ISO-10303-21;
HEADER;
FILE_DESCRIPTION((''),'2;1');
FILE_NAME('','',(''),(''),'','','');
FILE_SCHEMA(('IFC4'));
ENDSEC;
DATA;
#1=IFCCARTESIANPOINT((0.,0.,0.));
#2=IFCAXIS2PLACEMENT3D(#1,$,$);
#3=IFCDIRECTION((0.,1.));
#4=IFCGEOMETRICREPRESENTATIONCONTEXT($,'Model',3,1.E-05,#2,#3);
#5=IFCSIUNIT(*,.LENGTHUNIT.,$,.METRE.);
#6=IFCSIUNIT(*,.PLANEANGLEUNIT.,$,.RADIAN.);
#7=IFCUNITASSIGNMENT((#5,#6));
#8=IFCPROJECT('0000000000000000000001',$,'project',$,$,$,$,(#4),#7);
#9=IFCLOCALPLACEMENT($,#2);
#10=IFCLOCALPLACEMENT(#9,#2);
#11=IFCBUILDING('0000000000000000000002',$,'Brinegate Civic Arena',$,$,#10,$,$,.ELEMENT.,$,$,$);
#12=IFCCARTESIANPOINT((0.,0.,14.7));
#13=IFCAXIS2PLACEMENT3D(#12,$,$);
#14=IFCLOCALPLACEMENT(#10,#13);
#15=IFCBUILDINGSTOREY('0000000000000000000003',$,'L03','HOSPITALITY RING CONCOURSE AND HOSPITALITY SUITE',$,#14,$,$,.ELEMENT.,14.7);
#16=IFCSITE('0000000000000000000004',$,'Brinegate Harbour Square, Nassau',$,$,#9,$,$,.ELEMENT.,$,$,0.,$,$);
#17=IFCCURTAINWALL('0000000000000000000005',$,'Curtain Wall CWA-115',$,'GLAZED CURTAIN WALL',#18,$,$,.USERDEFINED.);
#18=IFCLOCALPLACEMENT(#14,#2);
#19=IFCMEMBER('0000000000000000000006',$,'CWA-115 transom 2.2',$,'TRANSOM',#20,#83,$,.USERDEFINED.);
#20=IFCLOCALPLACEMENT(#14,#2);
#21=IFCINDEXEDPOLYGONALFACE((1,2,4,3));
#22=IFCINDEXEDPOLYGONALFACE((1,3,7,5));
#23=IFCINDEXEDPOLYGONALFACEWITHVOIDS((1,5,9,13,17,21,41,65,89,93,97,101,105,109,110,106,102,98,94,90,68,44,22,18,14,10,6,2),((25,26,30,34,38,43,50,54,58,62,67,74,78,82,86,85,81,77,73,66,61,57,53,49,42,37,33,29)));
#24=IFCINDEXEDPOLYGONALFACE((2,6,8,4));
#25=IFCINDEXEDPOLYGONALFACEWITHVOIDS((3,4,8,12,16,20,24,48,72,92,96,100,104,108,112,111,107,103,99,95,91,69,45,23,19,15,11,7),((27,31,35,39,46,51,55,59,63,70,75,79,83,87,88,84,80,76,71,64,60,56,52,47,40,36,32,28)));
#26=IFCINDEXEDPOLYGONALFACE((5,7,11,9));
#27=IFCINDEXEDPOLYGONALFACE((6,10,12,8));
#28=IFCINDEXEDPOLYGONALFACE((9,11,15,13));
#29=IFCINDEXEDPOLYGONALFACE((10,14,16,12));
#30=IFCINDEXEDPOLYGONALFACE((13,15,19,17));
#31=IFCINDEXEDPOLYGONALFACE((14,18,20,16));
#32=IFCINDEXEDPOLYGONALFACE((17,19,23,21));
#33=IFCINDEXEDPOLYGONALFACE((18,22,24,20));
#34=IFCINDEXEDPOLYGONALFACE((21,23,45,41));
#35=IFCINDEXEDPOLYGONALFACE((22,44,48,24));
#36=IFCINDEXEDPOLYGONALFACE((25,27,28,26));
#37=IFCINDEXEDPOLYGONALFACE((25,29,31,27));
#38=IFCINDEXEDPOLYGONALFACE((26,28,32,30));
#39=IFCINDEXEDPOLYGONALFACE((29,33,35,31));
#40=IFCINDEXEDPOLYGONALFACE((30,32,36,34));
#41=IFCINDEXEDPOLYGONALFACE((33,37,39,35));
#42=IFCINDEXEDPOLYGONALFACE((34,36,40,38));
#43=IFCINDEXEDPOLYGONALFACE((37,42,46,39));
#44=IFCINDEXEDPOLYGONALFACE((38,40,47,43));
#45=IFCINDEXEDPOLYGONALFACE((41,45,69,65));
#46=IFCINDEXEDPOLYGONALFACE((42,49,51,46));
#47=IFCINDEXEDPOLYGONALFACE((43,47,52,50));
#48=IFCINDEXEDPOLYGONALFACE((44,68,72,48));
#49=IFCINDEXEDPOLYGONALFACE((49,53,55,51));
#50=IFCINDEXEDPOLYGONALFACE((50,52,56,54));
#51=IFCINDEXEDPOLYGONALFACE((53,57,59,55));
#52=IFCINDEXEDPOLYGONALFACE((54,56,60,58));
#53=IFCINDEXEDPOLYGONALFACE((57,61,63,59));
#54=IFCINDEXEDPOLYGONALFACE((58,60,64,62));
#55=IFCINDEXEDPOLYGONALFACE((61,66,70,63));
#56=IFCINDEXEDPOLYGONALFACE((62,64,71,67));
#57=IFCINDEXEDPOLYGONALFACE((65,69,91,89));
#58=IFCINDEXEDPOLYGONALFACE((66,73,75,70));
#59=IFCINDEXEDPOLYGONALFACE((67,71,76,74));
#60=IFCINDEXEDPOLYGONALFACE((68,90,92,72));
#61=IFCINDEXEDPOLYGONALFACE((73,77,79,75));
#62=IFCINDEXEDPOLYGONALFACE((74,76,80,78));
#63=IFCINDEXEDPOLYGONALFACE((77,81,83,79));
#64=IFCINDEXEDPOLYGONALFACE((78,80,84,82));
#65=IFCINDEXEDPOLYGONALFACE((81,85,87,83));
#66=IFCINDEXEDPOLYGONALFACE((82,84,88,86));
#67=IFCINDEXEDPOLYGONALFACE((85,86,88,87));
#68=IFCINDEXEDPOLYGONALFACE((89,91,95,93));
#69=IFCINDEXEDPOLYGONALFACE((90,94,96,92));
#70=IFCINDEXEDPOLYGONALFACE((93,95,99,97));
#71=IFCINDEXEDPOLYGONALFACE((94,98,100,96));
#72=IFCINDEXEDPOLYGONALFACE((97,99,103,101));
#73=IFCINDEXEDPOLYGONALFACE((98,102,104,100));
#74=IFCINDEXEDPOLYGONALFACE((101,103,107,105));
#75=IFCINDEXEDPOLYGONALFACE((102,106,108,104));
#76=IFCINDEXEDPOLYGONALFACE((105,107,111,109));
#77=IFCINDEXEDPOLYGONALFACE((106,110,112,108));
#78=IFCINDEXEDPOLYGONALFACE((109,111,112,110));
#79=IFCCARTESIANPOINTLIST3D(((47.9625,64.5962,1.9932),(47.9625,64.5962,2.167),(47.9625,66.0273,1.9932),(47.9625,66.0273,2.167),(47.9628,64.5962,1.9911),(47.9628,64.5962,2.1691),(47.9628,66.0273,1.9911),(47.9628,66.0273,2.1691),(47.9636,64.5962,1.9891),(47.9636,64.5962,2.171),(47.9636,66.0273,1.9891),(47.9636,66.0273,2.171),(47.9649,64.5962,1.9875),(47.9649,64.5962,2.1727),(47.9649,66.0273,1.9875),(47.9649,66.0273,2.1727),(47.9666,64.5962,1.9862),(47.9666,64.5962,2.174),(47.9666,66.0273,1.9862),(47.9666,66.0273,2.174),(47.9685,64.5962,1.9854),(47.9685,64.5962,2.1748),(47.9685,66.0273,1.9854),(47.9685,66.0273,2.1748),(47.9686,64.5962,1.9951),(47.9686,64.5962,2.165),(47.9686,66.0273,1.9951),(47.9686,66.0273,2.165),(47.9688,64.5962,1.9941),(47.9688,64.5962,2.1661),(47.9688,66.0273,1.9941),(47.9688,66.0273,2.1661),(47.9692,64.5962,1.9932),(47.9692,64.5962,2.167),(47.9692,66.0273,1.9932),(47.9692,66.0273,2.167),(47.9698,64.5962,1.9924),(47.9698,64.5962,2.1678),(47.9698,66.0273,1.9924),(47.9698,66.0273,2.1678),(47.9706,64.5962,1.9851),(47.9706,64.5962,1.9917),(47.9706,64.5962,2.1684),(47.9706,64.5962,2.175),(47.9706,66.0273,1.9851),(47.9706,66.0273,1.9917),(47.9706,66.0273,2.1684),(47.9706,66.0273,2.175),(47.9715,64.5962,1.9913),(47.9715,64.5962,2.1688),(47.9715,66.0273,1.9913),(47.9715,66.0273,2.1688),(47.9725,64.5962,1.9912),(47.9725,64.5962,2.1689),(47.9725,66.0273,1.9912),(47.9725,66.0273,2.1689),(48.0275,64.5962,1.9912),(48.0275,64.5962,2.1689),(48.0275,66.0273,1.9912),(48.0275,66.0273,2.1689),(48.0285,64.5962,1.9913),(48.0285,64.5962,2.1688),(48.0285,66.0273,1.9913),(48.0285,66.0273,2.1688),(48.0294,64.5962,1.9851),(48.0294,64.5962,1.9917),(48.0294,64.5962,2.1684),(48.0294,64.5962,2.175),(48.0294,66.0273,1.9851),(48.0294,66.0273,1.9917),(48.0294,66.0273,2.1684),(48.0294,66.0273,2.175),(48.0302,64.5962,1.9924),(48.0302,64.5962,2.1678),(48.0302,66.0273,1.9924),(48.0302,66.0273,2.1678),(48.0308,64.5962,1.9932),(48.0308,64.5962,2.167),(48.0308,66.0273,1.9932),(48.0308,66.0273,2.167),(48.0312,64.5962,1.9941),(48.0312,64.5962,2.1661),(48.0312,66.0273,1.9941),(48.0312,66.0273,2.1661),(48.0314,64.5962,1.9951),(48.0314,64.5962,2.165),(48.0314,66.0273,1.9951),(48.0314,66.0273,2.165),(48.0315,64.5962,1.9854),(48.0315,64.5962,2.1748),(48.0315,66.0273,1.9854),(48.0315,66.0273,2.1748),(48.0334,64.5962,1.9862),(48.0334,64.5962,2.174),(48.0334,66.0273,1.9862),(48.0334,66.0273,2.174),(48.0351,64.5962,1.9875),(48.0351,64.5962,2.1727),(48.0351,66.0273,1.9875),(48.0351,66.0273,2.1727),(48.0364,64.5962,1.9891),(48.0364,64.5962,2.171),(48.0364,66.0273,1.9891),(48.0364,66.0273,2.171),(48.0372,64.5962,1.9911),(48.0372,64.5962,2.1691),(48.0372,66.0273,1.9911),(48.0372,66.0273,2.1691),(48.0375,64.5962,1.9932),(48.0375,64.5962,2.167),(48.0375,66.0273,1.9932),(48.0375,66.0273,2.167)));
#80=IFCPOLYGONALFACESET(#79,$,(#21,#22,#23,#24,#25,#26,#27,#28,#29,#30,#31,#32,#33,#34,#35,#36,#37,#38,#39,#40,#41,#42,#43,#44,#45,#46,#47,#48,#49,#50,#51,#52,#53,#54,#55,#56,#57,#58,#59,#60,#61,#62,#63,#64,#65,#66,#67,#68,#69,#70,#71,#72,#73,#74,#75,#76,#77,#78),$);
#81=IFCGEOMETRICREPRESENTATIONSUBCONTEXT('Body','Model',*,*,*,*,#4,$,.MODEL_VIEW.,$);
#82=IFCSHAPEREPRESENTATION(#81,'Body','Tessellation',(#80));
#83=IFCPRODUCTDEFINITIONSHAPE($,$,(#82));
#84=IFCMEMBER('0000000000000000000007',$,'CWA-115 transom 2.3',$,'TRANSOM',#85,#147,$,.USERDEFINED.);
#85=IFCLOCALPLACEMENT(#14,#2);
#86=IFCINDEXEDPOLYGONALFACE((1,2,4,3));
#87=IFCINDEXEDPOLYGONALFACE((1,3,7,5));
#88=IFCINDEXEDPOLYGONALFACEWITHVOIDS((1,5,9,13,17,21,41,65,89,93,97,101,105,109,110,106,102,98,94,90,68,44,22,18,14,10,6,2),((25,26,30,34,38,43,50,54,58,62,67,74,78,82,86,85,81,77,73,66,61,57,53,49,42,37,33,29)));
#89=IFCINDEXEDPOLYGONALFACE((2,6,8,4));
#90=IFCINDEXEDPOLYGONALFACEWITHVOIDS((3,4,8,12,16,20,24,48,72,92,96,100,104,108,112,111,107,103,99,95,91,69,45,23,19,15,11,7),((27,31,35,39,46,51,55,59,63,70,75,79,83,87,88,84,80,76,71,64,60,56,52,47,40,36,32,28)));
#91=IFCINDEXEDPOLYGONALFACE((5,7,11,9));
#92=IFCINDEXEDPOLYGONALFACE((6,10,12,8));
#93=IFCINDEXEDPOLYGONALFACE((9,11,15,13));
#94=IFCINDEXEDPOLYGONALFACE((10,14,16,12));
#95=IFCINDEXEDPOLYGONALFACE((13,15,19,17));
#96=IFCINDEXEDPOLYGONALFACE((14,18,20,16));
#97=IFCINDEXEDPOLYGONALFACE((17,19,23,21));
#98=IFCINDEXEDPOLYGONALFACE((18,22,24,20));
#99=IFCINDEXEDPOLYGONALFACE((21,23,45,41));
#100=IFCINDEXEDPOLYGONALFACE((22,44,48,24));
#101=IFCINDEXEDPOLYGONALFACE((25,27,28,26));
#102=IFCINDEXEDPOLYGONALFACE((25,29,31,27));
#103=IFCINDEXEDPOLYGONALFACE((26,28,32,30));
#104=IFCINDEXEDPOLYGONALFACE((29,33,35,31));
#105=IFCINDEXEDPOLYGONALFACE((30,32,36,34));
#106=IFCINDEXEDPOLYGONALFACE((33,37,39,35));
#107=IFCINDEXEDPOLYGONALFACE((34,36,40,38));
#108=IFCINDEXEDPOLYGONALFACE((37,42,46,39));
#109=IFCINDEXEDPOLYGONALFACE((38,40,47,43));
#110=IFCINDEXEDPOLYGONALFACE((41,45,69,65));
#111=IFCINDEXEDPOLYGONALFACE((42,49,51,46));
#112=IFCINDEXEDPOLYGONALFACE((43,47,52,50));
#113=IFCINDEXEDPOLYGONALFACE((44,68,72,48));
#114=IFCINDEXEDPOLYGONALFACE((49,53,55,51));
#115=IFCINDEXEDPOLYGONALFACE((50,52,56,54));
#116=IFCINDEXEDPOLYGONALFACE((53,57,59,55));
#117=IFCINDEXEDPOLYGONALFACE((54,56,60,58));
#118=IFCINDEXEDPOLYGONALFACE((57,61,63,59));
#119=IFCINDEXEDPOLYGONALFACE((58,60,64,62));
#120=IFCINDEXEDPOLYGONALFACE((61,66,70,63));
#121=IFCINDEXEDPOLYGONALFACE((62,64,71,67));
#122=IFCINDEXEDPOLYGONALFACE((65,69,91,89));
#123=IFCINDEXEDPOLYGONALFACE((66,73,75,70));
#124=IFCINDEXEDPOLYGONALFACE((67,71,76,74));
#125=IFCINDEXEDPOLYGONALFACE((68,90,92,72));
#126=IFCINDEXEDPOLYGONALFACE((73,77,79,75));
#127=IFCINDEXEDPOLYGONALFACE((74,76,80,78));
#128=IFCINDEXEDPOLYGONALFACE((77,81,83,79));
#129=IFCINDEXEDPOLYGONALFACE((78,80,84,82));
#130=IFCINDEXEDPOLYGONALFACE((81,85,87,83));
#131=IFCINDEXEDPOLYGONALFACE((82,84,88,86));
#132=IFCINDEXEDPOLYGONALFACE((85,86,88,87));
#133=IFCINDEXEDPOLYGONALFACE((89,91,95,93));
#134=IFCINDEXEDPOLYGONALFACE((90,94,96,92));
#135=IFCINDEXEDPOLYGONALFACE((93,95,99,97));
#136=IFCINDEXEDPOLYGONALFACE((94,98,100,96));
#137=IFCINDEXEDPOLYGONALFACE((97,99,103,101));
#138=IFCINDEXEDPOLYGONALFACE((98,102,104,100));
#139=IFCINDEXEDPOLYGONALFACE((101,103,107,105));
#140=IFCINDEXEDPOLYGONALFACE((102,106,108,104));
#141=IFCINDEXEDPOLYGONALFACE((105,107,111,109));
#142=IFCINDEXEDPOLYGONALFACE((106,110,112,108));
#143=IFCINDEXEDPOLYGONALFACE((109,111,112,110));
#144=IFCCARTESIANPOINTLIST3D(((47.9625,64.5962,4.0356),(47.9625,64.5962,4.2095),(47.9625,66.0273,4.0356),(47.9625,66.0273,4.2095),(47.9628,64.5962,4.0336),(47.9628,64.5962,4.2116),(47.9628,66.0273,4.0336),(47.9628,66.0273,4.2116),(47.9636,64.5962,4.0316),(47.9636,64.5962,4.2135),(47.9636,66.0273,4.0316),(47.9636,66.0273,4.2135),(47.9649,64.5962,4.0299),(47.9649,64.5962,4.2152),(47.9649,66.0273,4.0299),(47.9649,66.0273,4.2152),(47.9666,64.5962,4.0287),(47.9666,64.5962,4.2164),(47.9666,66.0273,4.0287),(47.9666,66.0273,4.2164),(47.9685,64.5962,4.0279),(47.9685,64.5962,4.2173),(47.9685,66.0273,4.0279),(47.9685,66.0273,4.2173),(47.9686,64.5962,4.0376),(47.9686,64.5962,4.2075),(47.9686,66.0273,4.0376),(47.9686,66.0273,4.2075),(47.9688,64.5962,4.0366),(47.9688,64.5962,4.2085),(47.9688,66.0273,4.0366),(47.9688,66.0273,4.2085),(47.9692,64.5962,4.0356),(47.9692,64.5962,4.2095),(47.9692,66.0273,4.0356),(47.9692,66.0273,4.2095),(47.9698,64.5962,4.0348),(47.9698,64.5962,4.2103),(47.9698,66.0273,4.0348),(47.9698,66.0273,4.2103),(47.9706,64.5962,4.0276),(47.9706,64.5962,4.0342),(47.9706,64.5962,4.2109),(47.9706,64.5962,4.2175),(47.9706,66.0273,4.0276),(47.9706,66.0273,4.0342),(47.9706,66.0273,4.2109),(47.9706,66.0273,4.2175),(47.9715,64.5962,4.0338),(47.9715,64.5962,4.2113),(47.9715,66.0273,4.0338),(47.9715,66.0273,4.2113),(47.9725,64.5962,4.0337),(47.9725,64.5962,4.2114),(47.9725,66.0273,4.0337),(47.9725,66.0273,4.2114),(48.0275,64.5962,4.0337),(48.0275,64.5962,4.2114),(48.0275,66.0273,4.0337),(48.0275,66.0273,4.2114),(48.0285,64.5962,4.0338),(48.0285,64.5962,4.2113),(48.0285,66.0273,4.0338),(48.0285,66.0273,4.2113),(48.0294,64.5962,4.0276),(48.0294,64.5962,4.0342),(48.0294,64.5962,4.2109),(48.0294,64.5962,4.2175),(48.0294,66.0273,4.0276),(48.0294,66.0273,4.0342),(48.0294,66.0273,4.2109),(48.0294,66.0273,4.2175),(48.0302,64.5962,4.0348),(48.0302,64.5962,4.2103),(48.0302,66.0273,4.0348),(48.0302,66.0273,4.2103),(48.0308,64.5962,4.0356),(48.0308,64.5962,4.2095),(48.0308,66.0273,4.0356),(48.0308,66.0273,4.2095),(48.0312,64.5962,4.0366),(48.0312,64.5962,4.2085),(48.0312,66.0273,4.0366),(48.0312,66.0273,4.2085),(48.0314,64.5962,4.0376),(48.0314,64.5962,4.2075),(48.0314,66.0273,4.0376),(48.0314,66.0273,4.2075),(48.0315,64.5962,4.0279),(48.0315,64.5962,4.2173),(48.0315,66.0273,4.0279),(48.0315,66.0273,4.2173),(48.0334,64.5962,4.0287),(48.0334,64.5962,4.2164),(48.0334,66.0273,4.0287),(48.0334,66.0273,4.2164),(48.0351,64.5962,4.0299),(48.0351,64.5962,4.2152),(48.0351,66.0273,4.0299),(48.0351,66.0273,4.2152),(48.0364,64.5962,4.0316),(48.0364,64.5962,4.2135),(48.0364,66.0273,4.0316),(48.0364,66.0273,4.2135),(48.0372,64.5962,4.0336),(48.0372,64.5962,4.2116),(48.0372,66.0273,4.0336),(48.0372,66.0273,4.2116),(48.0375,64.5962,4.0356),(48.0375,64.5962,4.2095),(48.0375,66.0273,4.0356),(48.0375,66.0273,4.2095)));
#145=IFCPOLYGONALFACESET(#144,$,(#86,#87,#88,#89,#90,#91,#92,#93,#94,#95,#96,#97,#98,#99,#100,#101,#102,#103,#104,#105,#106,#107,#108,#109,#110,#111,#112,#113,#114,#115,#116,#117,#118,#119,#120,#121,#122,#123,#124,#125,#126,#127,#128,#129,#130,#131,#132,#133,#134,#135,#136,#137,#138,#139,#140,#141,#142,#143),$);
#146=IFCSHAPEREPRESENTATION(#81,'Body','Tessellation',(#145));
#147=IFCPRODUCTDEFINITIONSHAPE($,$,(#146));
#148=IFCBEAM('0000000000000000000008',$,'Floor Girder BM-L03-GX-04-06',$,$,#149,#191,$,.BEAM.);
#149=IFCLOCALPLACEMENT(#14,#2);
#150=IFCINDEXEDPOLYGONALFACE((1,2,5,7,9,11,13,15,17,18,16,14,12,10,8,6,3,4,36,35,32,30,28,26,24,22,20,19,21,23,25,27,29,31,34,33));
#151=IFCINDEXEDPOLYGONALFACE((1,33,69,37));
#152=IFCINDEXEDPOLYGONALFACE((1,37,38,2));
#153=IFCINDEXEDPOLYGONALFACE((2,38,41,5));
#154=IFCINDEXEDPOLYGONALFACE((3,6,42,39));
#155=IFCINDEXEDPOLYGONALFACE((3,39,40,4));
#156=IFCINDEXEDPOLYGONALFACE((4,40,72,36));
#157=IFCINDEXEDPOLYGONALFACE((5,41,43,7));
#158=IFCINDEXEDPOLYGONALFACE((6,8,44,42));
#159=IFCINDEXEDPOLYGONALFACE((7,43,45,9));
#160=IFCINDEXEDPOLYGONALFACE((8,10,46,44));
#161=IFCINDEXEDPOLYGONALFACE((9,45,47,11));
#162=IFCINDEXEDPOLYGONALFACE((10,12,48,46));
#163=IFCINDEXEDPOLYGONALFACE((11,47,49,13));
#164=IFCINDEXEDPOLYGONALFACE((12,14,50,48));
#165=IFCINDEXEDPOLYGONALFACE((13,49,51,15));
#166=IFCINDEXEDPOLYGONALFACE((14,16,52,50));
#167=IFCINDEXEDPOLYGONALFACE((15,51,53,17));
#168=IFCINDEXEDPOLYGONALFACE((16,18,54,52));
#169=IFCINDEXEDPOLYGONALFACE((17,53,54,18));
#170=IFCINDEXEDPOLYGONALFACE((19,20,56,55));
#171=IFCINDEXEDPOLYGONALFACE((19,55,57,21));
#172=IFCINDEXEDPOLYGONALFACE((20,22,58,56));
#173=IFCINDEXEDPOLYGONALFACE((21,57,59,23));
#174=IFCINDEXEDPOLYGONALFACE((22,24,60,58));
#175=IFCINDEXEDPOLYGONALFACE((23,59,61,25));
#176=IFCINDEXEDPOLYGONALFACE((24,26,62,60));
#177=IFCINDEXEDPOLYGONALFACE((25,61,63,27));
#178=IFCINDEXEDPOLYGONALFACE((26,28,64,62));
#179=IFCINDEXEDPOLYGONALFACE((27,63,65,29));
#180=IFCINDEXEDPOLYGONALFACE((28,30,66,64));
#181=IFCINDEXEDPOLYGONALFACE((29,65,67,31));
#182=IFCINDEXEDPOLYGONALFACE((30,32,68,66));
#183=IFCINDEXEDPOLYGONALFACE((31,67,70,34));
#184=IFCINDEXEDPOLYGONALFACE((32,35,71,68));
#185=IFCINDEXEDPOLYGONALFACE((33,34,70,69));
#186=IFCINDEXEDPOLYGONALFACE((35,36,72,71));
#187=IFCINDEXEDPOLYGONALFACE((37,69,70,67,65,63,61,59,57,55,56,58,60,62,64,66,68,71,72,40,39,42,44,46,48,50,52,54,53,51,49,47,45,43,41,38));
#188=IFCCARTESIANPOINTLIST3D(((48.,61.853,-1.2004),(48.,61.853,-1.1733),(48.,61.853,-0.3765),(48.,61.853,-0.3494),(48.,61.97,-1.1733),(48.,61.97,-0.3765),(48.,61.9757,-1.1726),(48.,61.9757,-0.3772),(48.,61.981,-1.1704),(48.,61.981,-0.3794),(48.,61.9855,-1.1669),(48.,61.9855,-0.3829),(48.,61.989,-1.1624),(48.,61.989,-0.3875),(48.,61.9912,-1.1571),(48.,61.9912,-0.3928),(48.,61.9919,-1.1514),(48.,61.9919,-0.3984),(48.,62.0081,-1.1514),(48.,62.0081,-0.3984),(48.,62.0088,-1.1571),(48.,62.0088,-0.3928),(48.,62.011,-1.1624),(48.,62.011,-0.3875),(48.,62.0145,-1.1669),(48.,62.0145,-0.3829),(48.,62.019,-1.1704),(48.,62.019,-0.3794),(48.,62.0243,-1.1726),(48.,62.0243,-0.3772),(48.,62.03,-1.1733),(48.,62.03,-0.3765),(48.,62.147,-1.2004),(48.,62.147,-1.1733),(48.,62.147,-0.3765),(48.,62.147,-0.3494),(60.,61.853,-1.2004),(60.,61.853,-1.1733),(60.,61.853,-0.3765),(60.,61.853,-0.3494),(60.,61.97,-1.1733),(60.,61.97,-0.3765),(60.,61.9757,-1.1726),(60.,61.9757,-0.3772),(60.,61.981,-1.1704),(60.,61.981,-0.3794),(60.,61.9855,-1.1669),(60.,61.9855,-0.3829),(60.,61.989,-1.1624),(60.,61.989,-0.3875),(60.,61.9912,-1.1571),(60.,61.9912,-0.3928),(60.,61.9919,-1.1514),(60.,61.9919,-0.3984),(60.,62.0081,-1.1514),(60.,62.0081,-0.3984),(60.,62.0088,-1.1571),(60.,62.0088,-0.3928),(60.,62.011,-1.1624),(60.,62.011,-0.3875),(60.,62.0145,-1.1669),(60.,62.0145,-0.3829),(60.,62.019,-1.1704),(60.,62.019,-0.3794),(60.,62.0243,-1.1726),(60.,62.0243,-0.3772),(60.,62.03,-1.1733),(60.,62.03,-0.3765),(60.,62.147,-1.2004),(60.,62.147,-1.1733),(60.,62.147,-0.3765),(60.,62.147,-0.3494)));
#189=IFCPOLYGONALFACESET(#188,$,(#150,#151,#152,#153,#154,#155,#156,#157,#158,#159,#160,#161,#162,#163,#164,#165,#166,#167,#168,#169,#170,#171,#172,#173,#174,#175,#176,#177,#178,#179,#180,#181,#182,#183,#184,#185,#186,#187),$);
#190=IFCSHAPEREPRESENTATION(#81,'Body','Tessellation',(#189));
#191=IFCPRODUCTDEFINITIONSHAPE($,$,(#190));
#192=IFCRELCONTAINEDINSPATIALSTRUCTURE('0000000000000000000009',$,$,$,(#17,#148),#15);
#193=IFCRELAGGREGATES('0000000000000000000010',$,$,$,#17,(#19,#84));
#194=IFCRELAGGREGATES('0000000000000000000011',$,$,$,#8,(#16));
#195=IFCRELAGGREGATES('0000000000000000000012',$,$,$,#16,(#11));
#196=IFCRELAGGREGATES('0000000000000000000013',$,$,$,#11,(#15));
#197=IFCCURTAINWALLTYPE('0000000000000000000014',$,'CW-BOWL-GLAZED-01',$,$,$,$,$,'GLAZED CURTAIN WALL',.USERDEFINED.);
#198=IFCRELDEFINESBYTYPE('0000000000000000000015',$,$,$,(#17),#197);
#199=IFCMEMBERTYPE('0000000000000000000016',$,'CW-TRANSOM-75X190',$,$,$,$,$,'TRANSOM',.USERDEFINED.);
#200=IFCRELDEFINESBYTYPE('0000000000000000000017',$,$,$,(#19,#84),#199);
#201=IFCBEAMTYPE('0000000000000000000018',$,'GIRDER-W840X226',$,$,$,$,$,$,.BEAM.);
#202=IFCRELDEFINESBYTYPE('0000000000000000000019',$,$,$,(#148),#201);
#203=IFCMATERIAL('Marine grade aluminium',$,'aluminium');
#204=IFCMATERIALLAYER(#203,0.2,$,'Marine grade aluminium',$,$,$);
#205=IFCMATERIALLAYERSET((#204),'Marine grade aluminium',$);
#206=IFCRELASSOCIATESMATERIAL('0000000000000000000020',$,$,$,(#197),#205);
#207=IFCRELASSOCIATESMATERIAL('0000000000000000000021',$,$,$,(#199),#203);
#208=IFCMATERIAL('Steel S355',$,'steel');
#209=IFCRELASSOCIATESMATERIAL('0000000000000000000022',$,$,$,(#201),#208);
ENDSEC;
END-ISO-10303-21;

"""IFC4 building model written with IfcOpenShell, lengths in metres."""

from ifc_helpers import new_model, si_unit, direction, frame, origin, origin_2d, place, context, subcontext, project, spatial, hollow_rectangle, i_section, extrude, material, layer, layer_set, material_profile, profile_set, type_object, element, aggregate, save


model = new_model("IFC4")

# Units and contexts
model_context = context("Model", 3, precision=1e-05, world=origin(), true_north=direction((0.0, 1.0)))
body_context = subcontext(model_context, "Body", "Model", "MODEL_VIEW")
ifc_project = project(units=[si_unit("LENGTHUNIT", "METRE"), si_unit("PLANEANGLEUNIT", "RADIAN")], contexts=[model_context])

# Site, building, storey
site_placement = place(None, origin())
site = spatial("IfcSite", under=ifc_project, at=site_placement, Name="Brinegate Harbour Square, Nassau", CompositionType="ELEMENT", RefElevation=0.0)
building_placement = place(site_placement, origin())
building = spatial("IfcBuilding", under=site, at=building_placement, Name="Brinegate Civic Arena", CompositionType="ELEMENT")
storey_placement = place(building_placement, frame((0.0, 0.0, 14.7)))
storey = spatial("IfcBuildingStorey", under=building, at=storey_placement, Name="L03", Description="HOSPITALITY RING CONCOURSE AND HOSPITALITY SUITE", CompositionType="ELEMENT", Elevation=14.7)

# Curtain wall
ifc_material_1 = material(Name="Marine grade aluminium", Category="aluminium")
ifc_layer_1 = layer(ifc_material_1, 0.2, Name="Marine grade aluminium")
ifc_layer_set_1 = layer_set([ifc_layer_1], Name="Marine grade aluminium")
curtain_wall_type = type_object("IfcCurtainWallType", Name="CW-BOWL-GLAZED-01", ElementType="GLAZED CURTAIN WALL", PredefinedType="USERDEFINED", material=ifc_layer_set_1)
curtain_wall_1_placement = place(storey_placement, origin())
curtain_wall_1 = element("IfcCurtainWall", 1, at=curtain_wall_1_placement, inside=storey, type_object=curtain_wall_type, Name="Curtain Wall CWA-115", ObjectType="GLAZED CURTAIN WALL", PredefinedType="USERDEFINED")

# Members
ifc_material_profile_1 = material_profile(ifc_material_1, hollow_rectangle(XDim=0.075, YDim=0.1899, WallThickness=0.0061, InnerFilletRadius=0.0039, OuterFilletRadius=0.0081, at=origin_2d()), Name="TRN75X190")
ifc_profile_set_1 = profile_set([ifc_material_profile_1], Name="Marine grade aluminium")
member_type_1 = type_object("IfcMemberType", Name="CW-TRANSOM-75X190", ElementType="TRANSOM", PredefinedType="USERDEFINED", material=ifc_profile_set_1)
member_1_placement = place(storey_placement, frame((48.0, 64.5962, 2.0801), z_axis=(0.0, 1.0, 0.0), x_axis=(-1.0, 0.0, 0.0)))
member_1 = element("IfcMember", 2, at=member_1_placement, type_object=member_type_1, Name="CWA-115 transom 2.2", ObjectType="TRANSOM", PredefinedType="USERDEFINED", context=body_context, shape_type="SweptSolid", body=[
    extrude(hollow_rectangle(XDim=0.075, YDim=0.1899, WallThickness=0.0061, InnerFilletRadius=0.0039, OuterFilletRadius=0.0081, at=origin_2d()), origin(), (0.0, 0.0, 1.0), 1.4312),
])
member_2_placement = place(storey_placement, frame((48.0, 64.5962, 4.1226), z_axis=(0.0, 1.0, 0.0), x_axis=(-1.0, 0.0, 0.0)))
member_2 = element("IfcMember", 3, at=member_2_placement, type_object=member_type_1, Name="CWA-115 transom 2.3", ObjectType="TRANSOM", PredefinedType="USERDEFINED", context=body_context, shape_type="SweptSolid", body=[
    extrude(hollow_rectangle(XDim=0.075, YDim=0.1899, WallThickness=0.0061, InnerFilletRadius=0.0039, OuterFilletRadius=0.0081, at=origin_2d()), origin(), (0.0, 0.0, 1.0), 1.4312),
])

# Beam
ifc_material_2 = material(Name="Steel S355", Category="steel")
ifc_material_profile_2 = material_profile(ifc_material_2, i_section(OverallWidth=0.2939, OverallDepth=0.8511, WebThickness=0.0161, FlangeThickness=0.0271, FilletRadius=0.022, at=origin_2d()), Name="W840X226")
ifc_profile_set_2 = profile_set([ifc_material_profile_2], Name="Steel S355")
beam_type_1 = type_object("IfcBeamType", Name="GIRDER-W840X226", PredefinedType="BEAM", material=ifc_profile_set_2)
beam_1_placement = place(storey_placement, frame((48.0, 62.0, -0.7749), z_axis=(1.0, 0.0, 0.0), x_axis=(0.0, 1.0, 0.0)))
element("IfcBeam", 4, at=beam_1_placement, inside=storey, type_object=beam_type_1, Name="Floor Girder BM-L03-GX-04-06", PredefinedType="BEAM", context=body_context, shape_type="SweptSolid", body=[
    extrude(i_section(OverallWidth=0.2939, OverallDepth=0.8511, WebThickness=0.0161, FlangeThickness=0.0271, FilletRadius=0.022, at=origin_2d()), origin(), (0.0, 0.0, 1.0), 12.0),
])

aggregate(curtain_wall_1, [member_1, member_2])

save(model, "model.ifc")
